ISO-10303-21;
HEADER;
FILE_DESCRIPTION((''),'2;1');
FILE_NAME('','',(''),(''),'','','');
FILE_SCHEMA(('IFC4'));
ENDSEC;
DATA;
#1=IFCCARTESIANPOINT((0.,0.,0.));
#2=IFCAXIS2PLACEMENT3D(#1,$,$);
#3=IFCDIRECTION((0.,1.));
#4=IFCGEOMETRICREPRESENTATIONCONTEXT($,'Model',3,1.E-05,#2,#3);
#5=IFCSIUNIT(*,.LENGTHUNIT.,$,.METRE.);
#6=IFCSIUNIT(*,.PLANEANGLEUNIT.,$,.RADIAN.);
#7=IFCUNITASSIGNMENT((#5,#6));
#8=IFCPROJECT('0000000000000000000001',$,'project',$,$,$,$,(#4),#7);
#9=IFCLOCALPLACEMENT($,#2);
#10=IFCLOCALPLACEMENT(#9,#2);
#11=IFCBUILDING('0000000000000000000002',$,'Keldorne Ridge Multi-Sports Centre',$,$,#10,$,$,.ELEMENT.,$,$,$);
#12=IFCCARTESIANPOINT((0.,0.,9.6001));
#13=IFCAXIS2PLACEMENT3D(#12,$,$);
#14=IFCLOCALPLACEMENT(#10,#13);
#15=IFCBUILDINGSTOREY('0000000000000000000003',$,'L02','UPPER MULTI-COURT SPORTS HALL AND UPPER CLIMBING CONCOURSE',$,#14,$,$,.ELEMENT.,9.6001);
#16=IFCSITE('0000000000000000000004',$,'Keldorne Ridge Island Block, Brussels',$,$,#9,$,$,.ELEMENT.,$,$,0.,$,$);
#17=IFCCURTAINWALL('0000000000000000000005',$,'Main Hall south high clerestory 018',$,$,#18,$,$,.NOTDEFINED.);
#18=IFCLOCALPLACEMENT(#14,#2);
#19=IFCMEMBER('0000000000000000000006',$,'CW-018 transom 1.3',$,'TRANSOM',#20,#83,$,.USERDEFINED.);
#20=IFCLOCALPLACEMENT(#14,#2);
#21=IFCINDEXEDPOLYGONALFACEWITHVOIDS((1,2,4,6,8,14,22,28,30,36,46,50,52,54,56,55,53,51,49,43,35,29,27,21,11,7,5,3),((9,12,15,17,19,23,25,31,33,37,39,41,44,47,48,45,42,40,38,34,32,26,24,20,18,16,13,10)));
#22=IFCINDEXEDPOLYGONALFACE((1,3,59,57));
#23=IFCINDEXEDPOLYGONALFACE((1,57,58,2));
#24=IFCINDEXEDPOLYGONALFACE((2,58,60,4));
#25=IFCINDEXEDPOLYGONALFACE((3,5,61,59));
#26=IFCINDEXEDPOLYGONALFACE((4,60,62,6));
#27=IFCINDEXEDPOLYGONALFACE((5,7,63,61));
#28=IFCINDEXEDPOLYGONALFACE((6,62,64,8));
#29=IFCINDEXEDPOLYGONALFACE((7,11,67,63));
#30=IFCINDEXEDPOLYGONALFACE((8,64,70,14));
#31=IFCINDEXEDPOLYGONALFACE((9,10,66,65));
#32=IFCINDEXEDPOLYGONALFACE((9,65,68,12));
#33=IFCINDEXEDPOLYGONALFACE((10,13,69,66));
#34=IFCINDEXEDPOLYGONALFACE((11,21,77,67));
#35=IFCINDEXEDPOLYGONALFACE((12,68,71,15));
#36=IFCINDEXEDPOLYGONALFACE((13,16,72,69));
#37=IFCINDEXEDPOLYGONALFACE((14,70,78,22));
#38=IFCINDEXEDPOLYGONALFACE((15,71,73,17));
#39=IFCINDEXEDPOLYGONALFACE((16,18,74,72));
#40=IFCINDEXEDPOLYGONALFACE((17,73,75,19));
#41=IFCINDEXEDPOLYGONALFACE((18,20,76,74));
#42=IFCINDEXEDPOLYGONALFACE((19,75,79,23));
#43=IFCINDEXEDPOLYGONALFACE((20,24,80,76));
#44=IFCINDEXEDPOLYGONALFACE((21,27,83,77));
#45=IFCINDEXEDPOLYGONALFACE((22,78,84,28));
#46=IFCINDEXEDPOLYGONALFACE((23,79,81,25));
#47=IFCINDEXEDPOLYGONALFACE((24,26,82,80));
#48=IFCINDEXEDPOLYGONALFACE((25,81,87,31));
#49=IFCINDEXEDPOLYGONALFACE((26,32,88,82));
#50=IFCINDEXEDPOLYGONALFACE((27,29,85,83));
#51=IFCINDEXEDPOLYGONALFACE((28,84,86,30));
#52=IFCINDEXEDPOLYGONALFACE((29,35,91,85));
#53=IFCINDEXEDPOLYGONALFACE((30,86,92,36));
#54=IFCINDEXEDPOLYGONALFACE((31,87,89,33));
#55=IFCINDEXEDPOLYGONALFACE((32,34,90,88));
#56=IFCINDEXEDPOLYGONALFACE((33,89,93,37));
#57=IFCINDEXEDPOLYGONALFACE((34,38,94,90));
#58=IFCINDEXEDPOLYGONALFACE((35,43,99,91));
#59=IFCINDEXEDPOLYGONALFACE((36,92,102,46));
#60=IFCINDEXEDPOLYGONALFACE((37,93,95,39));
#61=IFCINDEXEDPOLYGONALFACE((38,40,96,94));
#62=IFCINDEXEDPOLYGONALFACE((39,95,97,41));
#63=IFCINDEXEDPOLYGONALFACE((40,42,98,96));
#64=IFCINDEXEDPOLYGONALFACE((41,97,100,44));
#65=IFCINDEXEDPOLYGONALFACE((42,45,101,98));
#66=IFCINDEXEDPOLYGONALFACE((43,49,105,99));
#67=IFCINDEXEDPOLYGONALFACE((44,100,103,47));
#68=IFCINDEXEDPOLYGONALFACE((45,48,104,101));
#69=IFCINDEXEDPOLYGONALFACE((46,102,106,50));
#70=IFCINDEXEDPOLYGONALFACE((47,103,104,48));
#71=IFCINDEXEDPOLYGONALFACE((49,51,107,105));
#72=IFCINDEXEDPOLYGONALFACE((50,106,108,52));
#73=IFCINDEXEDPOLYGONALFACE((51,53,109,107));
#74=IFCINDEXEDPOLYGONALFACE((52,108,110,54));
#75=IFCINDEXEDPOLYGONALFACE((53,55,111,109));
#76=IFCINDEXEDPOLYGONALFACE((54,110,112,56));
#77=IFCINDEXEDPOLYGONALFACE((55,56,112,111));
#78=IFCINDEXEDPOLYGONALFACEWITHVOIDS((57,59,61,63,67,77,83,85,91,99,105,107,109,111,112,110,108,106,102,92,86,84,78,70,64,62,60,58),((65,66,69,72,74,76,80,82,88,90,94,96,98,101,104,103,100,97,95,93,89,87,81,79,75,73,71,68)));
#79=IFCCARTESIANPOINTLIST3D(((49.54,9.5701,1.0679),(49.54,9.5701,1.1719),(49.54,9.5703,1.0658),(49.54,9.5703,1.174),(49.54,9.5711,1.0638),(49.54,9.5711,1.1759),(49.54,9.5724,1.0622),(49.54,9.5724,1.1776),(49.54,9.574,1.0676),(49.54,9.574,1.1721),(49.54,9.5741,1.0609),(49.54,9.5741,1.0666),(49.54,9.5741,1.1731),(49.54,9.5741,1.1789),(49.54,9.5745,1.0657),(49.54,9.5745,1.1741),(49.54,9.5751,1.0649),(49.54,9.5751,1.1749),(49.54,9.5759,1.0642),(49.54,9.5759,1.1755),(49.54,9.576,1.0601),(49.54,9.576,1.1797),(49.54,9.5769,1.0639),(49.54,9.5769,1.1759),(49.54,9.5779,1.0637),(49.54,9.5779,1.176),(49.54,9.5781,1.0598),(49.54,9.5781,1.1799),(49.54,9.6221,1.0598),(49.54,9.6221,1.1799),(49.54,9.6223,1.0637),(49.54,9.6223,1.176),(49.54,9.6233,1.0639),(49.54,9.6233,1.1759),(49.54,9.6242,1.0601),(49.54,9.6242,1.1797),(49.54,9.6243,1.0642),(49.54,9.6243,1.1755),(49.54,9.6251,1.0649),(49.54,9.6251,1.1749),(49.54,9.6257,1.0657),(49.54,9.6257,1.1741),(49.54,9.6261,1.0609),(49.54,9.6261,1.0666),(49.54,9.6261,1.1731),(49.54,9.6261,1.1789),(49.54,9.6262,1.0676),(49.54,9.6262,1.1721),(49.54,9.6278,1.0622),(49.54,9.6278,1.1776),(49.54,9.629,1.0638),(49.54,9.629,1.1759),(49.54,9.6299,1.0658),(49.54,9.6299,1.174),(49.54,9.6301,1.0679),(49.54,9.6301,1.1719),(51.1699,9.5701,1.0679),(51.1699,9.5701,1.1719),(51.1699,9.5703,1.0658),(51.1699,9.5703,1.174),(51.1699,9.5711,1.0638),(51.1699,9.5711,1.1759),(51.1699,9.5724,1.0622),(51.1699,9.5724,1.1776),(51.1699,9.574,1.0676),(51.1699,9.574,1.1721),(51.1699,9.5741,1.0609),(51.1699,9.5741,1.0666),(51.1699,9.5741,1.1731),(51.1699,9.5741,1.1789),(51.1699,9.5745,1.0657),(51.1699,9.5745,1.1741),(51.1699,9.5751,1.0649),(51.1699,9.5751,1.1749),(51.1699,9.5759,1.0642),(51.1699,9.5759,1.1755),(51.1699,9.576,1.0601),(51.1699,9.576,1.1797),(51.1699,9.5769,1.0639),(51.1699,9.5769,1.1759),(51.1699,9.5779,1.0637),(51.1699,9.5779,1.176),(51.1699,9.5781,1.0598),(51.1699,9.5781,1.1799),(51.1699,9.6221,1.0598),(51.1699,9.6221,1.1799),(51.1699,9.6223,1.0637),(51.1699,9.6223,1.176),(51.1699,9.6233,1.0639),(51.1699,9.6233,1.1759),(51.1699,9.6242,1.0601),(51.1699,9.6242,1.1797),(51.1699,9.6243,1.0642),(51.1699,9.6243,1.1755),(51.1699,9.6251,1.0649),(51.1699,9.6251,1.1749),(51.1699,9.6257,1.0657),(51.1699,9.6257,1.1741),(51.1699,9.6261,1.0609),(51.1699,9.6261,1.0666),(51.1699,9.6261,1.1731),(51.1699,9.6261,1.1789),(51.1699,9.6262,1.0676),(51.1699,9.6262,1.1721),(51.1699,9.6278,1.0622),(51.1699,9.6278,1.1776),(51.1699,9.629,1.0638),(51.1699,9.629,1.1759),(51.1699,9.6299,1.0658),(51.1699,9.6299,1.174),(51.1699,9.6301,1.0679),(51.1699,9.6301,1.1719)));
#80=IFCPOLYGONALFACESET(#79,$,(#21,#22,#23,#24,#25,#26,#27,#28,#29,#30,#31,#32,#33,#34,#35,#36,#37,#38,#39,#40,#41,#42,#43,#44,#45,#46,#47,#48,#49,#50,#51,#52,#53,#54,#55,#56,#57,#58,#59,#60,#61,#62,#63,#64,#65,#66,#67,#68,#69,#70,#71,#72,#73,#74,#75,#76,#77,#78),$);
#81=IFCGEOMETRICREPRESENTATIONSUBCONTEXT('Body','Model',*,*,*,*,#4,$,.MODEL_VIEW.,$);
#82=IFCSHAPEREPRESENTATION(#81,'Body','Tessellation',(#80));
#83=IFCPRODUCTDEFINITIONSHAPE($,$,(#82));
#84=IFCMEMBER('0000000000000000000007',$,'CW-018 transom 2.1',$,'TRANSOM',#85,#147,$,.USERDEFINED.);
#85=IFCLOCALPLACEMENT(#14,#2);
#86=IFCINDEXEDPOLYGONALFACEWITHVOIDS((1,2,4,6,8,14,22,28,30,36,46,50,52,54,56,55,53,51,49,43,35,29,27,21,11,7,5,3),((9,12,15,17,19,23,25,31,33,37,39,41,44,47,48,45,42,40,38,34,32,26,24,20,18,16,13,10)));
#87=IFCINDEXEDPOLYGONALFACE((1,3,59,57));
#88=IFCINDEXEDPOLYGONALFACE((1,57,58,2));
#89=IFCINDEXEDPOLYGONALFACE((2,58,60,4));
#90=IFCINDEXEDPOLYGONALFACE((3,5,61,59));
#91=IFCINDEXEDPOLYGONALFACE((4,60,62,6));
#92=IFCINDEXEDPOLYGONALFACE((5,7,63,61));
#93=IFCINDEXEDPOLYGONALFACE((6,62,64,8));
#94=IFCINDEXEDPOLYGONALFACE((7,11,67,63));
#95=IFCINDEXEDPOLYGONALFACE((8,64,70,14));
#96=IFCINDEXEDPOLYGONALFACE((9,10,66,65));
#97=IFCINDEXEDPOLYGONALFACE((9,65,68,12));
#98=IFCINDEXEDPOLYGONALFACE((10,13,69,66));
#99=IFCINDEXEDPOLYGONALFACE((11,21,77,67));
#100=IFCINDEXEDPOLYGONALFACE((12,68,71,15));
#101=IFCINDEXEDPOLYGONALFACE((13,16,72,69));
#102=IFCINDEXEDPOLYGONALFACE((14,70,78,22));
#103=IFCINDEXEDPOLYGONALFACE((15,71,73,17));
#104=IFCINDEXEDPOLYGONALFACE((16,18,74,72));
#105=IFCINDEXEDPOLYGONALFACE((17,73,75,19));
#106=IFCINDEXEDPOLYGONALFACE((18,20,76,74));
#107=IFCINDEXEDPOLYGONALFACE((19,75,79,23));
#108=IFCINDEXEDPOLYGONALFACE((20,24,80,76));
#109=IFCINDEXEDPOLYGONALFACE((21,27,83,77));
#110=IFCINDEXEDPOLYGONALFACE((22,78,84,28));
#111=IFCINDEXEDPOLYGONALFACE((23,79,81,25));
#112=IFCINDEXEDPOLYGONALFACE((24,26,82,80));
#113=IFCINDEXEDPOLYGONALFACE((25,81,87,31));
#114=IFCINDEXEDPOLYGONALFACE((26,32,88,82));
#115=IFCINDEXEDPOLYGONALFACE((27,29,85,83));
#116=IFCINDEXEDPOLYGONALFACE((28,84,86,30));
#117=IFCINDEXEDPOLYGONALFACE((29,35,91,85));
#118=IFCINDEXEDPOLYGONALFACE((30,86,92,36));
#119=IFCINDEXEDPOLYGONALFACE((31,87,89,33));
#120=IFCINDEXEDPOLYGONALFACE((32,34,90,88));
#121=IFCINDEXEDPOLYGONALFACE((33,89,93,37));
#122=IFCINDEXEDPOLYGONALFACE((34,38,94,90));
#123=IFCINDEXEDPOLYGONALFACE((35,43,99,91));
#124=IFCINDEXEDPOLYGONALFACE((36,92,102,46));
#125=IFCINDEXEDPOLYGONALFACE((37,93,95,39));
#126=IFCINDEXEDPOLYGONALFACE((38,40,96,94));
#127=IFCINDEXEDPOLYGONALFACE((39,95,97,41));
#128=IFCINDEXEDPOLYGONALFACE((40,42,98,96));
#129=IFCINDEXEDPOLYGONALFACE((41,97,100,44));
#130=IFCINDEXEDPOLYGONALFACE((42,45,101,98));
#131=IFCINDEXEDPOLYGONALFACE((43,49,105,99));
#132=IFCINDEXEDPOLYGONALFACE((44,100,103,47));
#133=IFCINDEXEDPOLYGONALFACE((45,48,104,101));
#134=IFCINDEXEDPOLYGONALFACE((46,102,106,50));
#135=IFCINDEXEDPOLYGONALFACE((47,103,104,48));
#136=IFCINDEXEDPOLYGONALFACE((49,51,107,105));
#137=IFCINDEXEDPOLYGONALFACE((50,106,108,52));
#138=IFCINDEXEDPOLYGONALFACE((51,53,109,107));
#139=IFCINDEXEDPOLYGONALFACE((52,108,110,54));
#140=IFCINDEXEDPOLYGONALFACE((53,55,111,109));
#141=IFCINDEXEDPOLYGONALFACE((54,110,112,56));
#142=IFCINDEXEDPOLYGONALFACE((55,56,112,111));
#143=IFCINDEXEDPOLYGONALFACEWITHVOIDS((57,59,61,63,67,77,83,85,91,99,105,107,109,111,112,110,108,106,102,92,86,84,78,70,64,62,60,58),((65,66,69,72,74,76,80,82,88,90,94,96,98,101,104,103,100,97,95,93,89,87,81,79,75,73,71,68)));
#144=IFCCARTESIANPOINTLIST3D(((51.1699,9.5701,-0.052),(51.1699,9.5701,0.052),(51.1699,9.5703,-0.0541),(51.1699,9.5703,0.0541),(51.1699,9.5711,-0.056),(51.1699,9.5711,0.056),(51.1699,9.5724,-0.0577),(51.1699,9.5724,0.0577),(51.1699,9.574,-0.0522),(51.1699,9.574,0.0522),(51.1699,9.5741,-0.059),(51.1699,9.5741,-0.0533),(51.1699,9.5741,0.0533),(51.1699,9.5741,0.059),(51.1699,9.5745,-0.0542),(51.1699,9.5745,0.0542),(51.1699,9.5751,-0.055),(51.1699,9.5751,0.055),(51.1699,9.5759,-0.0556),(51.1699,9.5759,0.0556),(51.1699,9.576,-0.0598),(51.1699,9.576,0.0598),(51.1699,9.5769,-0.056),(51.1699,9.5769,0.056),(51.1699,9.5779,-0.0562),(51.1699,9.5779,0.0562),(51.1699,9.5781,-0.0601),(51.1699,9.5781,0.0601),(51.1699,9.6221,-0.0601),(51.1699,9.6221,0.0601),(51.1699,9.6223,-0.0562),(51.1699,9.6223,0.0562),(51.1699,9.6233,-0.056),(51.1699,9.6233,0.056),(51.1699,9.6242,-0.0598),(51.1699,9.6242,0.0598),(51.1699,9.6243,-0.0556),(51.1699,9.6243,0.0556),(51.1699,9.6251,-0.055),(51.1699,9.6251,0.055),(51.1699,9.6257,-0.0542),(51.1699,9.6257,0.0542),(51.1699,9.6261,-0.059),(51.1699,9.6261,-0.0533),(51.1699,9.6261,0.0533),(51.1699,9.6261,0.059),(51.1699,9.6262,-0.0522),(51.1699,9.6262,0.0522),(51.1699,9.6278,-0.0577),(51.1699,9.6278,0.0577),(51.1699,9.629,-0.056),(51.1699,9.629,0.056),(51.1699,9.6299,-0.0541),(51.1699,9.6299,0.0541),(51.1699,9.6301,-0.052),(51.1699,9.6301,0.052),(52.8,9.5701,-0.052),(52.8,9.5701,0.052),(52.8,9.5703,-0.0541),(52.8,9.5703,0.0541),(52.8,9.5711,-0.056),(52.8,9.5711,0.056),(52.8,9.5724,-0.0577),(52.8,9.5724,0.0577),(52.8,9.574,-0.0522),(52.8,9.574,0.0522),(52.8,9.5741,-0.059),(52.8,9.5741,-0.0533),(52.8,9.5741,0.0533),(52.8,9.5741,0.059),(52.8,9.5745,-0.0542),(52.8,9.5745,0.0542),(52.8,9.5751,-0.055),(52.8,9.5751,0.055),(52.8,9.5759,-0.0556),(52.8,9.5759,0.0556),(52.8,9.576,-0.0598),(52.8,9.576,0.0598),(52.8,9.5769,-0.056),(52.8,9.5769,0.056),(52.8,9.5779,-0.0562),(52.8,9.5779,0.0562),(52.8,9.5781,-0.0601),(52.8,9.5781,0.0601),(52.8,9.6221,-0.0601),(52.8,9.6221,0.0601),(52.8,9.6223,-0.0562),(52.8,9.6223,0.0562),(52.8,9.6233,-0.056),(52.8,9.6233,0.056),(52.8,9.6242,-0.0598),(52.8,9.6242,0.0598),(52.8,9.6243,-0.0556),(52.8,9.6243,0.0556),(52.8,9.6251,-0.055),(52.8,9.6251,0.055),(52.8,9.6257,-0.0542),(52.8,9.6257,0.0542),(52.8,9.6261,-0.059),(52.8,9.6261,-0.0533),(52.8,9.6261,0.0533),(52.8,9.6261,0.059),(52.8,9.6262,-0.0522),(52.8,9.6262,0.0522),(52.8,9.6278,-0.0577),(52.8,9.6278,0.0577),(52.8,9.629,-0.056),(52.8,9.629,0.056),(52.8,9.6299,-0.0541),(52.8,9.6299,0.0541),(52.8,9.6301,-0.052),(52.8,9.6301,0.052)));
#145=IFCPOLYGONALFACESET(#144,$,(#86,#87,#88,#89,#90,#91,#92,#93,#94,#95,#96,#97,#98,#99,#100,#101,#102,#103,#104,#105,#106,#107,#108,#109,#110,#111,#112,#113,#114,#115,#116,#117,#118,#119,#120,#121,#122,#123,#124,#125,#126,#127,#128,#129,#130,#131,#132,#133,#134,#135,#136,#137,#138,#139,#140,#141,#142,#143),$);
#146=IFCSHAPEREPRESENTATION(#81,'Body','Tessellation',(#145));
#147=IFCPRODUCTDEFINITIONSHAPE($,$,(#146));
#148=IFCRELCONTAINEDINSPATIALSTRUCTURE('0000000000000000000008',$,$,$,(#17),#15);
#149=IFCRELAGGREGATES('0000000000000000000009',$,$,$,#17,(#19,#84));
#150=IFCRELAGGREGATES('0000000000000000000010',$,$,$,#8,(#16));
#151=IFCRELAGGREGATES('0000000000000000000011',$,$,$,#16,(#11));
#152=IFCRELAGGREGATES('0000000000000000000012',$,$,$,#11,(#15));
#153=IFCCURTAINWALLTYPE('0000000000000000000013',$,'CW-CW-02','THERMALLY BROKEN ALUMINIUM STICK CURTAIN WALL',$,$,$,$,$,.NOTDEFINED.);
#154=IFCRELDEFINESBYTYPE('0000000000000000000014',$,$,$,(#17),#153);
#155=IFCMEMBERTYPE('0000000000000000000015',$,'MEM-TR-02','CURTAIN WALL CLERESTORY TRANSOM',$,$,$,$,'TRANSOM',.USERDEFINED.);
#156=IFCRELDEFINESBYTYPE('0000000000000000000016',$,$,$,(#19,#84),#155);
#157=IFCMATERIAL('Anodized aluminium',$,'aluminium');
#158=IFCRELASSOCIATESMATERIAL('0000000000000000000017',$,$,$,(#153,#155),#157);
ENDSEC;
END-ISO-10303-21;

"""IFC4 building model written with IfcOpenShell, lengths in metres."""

from ifc_helpers import new_model, si_unit, direction, frame, origin, origin_2d, place, context, subcontext, project, spatial, hollow_rectangle, extrude, material, material_profile, profile_set, type_object, element, aggregate, save


model = new_model("IFC4")

# Units and contexts
model_context = context("Model", 3, precision=1e-05, world=origin(), true_north=direction((0.0, 1.0)))
body_context = subcontext(model_context, "Body", "Model", "MODEL_VIEW")
ifc_project = project(units=[si_unit("LENGTHUNIT", "METRE"), si_unit("PLANEANGLEUNIT", "RADIAN")], contexts=[model_context])

# Site, building, storey
site_placement = place(None, origin())
site = spatial("IfcSite", under=ifc_project, at=site_placement, Name="Keldorne Ridge Island Block, Brussels", CompositionType="ELEMENT", RefElevation=0.0)
building_placement = place(site_placement, origin())
building = spatial("IfcBuilding", under=site, at=building_placement, Name="Keldorne Ridge Multi-Sports Centre", CompositionType="ELEMENT")
storey_placement = place(building_placement, frame((0.0, 0.0, 9.6001)))
storey = spatial("IfcBuildingStorey", under=building, at=storey_placement, Name="L02", Description="UPPER MULTI-COURT SPORTS HALL AND UPPER CLIMBING CONCOURSE", CompositionType="ELEMENT", Elevation=9.6001)

# Curtain wall, members
ifc_material_1 = material(Name="Anodized aluminium", Category="aluminium")
curtain_wall_type = type_object("IfcCurtainWallType", Name="CW-CW-02", Description="THERMALLY BROKEN ALUMINIUM STICK CURTAIN WALL", PredefinedType="NOTDEFINED", material=ifc_material_1)
curtain_wall_placement = place(storey_placement, origin())
curtain_wall = element("IfcCurtainWall", 1, at=curtain_wall_placement, inside=storey, type_object=curtain_wall_type, Name="Main Hall south high clerestory 018", PredefinedType="NOTDEFINED")
ifc_material_profile_1 = material_profile(ifc_material_1, hollow_rectangle(XDim=0.0601, YDim=0.1201, WallThickness=0.0039, InnerFilletRadius=0.0039, OuterFilletRadius=0.0081, at=origin_2d()), Name="ALU TRANSOM 120x60x4")
ifc_profile_set_1 = profile_set([ifc_material_profile_1], Name="Anodized aluminium")
member_type_1 = type_object("IfcMemberType", Name="MEM-TR-02", Description="CURTAIN WALL CLERESTORY TRANSOM", ElementType="TRANSOM", PredefinedType="USERDEFINED", material=ifc_profile_set_1)
member_1_placement = place(storey_placement, frame((49.54, 9.6001, 1.1199), z_axis=(1.0, 0.0, 0.0), x_axis=(0.0, 1.0, 0.0)))
member_1 = element("IfcMember", 2, at=member_1_placement, type_object=member_type_1, Name="CW-018 transom 1.3", ObjectType="TRANSOM", PredefinedType="USERDEFINED", context=body_context, shape_type="SweptSolid", body=[
    extrude(hollow_rectangle(XDim=0.0601, YDim=0.1201, WallThickness=0.0039, InnerFilletRadius=0.0039, OuterFilletRadius=0.0081, at=origin_2d()), origin(), (0.0, 0.0, 1.0), 1.6299),
])
member_2_placement = place(storey_placement, frame((51.1699, 9.6001, 0.0), z_axis=(1.0, 0.0, 0.0), x_axis=(0.0, 1.0, 0.0)))
member_2 = element("IfcMember", 3, at=member_2_placement, type_object=member_type_1, Name="CW-018 transom 2.1", ObjectType="TRANSOM", PredefinedType="USERDEFINED", context=body_context, shape_type="SweptSolid", body=[
    extrude(hollow_rectangle(XDim=0.0601, YDim=0.1201, WallThickness=0.0039, InnerFilletRadius=0.0039, OuterFilletRadius=0.0081, at=origin_2d()), origin(), (0.0, 0.0, 1.0), 1.6301),
])
aggregate(curtain_wall, [member_1, member_2])

save(model, "model.ifc")
